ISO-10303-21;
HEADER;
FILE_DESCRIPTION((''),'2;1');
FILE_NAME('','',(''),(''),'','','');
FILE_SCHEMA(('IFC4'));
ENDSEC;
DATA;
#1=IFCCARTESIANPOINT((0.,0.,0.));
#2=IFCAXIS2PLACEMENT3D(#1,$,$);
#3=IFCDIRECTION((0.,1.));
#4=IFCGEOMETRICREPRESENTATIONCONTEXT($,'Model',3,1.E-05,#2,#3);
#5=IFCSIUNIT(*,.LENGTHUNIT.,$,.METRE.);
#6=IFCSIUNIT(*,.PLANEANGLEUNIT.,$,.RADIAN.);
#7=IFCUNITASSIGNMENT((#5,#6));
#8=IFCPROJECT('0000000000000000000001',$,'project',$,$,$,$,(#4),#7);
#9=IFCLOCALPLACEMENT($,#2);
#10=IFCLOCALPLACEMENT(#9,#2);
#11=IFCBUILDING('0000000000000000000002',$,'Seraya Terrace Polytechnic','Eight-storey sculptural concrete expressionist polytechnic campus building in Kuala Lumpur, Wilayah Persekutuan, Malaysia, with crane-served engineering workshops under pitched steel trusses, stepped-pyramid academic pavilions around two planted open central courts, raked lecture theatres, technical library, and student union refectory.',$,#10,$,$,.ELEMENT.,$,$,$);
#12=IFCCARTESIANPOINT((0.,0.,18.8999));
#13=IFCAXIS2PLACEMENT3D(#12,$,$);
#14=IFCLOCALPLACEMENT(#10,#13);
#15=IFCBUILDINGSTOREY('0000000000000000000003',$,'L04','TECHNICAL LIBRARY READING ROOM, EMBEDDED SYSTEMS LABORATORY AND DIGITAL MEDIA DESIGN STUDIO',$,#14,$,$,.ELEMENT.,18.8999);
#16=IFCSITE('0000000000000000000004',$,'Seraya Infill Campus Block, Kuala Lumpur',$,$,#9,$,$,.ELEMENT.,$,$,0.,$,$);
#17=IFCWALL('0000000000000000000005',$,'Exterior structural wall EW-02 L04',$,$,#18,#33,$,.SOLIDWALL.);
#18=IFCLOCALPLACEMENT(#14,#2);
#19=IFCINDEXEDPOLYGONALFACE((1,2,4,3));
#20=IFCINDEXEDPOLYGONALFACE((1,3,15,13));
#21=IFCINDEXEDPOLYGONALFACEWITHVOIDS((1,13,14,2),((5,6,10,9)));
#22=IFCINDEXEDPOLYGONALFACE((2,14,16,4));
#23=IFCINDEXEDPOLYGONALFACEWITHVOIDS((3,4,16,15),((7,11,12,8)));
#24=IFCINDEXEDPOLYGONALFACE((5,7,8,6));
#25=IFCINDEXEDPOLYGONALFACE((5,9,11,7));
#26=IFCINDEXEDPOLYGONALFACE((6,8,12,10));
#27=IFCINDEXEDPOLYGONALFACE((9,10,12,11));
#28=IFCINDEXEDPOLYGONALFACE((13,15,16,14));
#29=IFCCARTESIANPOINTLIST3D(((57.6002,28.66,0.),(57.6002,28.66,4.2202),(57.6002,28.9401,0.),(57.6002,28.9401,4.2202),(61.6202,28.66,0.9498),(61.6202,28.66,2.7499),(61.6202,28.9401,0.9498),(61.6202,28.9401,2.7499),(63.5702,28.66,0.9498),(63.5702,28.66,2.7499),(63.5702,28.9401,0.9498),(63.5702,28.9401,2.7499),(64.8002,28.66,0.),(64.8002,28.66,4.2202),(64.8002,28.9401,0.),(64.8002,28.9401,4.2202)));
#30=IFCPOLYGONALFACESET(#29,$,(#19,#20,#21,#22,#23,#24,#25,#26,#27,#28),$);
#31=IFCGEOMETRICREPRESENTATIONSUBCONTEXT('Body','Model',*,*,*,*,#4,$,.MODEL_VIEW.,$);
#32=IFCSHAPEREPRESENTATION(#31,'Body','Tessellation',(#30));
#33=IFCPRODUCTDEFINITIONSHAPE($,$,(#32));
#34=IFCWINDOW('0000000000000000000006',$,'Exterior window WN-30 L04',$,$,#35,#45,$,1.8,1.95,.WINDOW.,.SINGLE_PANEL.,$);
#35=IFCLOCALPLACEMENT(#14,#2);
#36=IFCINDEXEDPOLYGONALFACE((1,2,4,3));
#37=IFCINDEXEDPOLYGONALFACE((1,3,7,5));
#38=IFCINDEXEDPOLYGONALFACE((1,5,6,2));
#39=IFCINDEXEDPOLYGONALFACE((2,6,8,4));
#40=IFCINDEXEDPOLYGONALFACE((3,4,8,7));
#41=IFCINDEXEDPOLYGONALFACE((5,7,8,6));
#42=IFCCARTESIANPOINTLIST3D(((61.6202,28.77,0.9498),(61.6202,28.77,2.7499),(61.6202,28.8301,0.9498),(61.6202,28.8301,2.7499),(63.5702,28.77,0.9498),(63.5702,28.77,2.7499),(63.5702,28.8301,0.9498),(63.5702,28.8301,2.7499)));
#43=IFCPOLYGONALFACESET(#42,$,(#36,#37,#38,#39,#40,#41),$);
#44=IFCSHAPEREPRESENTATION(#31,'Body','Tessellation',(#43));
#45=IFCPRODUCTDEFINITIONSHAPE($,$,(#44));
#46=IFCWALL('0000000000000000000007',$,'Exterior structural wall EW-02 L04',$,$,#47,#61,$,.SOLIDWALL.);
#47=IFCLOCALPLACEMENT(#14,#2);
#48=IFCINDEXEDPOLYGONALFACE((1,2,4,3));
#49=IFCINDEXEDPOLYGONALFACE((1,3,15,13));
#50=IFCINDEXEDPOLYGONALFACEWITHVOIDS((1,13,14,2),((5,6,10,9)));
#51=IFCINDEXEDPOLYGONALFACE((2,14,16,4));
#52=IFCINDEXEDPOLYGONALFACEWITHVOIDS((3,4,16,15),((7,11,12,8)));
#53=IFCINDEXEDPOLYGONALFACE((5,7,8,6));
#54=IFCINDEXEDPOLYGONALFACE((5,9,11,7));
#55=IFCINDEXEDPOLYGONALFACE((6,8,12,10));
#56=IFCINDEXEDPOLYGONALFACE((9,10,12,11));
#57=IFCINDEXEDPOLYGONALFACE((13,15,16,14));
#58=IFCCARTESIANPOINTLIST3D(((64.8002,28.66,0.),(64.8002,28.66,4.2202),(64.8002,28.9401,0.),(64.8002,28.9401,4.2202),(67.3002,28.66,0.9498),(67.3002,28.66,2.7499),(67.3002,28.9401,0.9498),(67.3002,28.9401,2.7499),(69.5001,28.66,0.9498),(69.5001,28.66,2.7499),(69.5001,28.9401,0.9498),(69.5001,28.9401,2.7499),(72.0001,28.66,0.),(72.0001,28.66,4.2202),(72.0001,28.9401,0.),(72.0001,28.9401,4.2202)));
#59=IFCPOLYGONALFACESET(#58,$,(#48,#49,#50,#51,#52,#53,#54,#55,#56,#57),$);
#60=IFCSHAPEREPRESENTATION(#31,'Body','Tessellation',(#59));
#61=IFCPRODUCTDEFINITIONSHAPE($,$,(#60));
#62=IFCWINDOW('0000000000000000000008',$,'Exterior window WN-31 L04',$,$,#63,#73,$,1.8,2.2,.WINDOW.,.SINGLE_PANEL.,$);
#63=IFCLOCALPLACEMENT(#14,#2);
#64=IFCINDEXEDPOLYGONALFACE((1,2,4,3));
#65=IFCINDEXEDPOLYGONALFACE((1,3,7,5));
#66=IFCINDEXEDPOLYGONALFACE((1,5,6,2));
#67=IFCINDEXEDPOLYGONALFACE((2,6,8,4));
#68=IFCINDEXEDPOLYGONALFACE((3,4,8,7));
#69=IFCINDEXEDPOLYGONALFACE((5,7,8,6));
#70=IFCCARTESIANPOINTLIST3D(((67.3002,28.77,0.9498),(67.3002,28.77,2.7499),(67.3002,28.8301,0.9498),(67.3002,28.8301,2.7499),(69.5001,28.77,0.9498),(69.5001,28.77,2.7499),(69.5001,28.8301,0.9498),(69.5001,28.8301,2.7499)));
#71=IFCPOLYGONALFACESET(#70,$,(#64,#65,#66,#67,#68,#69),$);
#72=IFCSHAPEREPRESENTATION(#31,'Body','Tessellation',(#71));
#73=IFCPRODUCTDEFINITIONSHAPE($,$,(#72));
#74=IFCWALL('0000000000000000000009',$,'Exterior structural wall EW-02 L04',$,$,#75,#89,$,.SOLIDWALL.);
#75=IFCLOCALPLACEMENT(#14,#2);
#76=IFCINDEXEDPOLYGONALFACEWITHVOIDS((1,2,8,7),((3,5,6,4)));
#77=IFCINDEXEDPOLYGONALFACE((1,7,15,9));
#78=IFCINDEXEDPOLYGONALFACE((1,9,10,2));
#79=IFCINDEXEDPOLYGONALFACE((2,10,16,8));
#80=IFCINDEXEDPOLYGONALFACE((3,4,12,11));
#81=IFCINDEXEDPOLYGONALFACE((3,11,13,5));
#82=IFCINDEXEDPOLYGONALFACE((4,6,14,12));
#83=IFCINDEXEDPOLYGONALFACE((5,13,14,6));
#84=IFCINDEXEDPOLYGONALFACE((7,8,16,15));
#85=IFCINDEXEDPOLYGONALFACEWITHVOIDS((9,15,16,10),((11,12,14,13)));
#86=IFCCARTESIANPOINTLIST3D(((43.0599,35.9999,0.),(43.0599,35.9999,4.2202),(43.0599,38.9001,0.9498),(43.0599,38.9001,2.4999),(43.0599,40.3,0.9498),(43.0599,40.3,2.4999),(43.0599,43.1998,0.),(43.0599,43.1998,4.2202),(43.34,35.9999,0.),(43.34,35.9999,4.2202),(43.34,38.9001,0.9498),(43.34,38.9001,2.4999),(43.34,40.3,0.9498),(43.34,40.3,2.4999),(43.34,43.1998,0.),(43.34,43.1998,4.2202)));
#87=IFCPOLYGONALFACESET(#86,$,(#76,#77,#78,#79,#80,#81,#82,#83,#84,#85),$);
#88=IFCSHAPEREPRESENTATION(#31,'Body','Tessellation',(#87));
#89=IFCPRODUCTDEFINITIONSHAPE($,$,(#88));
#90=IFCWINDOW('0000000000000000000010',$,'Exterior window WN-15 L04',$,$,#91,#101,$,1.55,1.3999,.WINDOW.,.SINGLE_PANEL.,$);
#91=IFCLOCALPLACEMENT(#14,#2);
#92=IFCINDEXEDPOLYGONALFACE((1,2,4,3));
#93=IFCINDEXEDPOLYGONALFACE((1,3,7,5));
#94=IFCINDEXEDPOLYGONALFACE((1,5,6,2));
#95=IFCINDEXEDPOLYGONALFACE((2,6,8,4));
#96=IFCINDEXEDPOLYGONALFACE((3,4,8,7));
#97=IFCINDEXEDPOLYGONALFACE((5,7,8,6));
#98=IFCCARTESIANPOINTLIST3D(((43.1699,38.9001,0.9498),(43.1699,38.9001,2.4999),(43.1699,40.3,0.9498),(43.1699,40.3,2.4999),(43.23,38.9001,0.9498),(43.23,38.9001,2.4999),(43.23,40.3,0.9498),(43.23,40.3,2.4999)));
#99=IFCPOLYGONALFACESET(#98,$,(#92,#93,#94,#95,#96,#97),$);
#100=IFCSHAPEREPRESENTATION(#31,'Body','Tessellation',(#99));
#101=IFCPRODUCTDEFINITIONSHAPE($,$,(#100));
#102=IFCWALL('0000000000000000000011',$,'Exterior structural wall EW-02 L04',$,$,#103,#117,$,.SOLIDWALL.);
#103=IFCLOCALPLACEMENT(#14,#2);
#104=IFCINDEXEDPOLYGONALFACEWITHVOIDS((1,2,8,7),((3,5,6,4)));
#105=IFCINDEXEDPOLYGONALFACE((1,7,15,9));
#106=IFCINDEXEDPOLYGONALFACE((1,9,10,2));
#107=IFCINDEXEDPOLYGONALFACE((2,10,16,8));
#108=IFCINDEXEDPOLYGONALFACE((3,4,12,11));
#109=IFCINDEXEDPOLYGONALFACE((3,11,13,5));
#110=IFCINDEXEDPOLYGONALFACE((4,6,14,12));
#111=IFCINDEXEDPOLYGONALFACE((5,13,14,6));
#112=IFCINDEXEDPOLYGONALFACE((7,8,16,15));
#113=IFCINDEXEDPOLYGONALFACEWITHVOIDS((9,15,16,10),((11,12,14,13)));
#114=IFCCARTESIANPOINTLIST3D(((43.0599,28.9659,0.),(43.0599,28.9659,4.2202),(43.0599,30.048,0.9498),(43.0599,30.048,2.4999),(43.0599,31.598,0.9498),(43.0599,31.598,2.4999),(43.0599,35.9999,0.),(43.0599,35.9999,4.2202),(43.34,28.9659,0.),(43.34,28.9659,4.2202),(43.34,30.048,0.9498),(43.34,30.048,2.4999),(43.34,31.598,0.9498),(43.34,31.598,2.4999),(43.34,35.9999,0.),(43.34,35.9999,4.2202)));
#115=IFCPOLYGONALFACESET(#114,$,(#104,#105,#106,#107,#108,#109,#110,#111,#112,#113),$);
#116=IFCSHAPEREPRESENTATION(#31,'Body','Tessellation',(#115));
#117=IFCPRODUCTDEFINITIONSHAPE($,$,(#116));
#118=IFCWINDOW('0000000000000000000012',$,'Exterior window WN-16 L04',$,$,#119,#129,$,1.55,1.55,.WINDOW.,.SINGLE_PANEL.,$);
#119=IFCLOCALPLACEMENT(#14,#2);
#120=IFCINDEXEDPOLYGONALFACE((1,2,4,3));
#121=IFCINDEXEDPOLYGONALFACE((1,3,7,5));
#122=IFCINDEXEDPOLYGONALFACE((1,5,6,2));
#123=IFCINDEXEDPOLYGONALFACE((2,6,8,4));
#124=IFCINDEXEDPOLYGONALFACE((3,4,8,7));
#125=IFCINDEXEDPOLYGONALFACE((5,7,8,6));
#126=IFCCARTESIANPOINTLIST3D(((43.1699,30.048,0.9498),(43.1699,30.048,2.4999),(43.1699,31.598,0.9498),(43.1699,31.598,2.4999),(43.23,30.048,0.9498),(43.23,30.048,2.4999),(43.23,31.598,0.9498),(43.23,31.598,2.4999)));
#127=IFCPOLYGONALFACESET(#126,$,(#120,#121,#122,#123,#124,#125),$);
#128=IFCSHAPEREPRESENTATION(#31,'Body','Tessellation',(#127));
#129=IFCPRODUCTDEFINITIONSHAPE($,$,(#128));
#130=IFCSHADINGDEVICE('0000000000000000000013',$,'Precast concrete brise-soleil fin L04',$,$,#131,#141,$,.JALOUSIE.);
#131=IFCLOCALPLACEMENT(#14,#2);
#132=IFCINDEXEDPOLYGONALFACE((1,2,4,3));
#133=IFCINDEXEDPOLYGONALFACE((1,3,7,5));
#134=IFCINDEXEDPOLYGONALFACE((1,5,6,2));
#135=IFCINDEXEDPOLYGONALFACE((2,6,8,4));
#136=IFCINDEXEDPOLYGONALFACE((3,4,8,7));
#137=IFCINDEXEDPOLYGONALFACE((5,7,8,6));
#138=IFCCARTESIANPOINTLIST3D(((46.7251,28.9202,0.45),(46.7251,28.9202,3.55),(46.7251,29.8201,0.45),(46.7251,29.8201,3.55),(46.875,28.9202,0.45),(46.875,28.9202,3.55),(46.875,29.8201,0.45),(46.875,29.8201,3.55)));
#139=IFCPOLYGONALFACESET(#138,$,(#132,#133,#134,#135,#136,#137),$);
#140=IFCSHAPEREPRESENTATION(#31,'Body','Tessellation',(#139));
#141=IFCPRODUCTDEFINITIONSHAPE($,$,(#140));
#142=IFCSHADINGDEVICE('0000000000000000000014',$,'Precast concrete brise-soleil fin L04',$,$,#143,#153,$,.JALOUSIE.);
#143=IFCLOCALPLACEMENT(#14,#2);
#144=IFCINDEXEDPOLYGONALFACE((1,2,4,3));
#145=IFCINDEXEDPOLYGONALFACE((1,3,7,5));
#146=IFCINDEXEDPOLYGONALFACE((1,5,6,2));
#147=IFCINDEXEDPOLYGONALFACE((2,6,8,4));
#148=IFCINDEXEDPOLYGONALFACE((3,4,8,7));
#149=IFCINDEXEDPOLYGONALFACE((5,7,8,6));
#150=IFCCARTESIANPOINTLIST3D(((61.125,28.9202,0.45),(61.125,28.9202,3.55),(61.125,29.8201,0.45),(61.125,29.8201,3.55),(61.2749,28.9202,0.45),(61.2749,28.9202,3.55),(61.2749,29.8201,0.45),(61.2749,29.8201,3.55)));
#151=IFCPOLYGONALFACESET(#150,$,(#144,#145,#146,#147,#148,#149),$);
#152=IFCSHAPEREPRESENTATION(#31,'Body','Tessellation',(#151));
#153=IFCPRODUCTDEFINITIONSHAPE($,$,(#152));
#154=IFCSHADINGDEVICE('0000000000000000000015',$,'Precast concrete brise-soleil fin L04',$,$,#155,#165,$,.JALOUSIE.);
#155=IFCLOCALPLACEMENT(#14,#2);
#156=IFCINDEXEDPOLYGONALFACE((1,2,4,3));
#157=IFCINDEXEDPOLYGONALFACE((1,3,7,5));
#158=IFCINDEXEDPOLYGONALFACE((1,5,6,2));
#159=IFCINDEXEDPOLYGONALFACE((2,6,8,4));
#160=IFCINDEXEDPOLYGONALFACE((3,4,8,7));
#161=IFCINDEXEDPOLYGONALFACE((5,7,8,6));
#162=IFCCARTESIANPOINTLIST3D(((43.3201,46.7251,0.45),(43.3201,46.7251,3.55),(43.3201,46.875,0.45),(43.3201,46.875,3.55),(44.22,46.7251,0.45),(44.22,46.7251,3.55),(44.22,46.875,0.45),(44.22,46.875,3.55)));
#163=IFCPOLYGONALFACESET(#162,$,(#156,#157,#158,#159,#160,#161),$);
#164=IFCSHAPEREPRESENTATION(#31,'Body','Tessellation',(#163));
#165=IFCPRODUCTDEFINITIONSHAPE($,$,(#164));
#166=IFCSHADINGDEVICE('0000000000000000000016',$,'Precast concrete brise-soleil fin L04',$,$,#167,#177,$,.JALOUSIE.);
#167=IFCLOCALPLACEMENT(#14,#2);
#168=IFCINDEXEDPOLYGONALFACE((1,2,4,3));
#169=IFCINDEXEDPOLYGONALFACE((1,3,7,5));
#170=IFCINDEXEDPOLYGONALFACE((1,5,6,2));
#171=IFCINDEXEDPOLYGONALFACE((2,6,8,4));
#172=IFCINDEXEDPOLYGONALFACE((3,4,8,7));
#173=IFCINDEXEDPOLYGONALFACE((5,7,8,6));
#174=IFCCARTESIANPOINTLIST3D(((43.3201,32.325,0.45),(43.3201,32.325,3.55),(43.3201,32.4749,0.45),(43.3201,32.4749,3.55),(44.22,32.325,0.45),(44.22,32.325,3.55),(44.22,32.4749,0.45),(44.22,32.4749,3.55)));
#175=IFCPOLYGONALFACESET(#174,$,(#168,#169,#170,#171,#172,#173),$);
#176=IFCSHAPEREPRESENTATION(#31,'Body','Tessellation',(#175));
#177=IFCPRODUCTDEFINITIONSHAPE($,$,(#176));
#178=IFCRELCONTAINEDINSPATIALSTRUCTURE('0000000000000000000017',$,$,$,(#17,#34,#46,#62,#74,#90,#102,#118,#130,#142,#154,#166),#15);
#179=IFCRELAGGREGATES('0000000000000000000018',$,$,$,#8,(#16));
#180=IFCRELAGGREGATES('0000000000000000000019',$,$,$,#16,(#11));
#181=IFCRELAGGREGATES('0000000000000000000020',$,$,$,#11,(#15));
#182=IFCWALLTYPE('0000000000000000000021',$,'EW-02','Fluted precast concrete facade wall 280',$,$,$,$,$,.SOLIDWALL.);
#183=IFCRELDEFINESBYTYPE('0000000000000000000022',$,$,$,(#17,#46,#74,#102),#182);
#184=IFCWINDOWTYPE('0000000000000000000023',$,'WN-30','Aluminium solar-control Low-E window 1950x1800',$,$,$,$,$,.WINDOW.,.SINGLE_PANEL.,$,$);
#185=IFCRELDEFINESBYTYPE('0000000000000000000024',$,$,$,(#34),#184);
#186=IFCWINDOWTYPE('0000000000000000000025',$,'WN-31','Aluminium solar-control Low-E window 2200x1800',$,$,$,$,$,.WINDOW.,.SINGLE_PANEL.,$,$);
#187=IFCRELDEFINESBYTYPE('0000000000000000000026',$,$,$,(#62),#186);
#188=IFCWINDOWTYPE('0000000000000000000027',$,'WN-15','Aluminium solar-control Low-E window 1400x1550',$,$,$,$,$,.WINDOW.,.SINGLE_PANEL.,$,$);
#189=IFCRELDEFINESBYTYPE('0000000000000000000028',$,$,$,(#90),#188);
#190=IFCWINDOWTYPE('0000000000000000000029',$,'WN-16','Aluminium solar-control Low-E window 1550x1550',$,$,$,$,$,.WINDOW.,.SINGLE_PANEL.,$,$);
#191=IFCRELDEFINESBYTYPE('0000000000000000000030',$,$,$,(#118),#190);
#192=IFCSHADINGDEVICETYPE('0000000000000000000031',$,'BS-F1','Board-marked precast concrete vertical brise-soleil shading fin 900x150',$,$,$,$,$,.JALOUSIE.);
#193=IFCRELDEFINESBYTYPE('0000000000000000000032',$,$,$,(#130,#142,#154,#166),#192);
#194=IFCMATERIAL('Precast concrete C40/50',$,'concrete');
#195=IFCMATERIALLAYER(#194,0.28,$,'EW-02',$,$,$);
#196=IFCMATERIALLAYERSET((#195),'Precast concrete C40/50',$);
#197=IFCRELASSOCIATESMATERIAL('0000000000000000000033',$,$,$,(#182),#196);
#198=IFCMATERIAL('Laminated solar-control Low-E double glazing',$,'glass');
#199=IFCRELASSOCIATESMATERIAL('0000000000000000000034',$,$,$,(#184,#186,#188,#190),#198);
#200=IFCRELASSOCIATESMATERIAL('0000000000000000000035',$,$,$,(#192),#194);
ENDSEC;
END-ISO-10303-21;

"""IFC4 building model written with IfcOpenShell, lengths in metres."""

from ifc_helpers import new_model, si_unit, direction, frame, frame_2d, origin, origin_2d, place, context, subcontext, project, spatial, rectangle, extrude, material, layer, layer_set, type_object, element, fill, save


model = new_model("IFC4")

# Units and contexts
model_context = context("Model", 3, precision=1e-05, world=origin(), true_north=direction((0.0, 1.0)))
body_context = subcontext(model_context, "Body", "Model", "MODEL_VIEW")
ifc_project = project(units=[si_unit("LENGTHUNIT", "METRE"), si_unit("PLANEANGLEUNIT", "RADIAN")], contexts=[model_context])

# Site, building, storey
site_placement = place(None, origin())
site = spatial("IfcSite", under=ifc_project, at=site_placement, Name="Seraya Infill Campus Block, Kuala Lumpur", CompositionType="ELEMENT", RefElevation=0.0)
building_placement = place(site_placement, origin())
building = spatial("IfcBuilding", under=site, at=building_placement, Name="Seraya Terrace Polytechnic", Description="Eight-storey sculptural concrete expressionist polytechnic campus building in Kuala Lumpur, Wilayah Persekutuan, Malaysia, with crane-served engineering workshops under pitched steel trusses, stepped-pyramid academic pavilions around two planted open central courts, raked lecture theatres, technical library, and student union refectory.", CompositionType="ELEMENT")
storey_placement = place(building_placement, frame((0.0, 0.0, 18.8999)))
storey = spatial("IfcBuildingStorey", under=building, at=storey_placement, Name="L04", Description="TECHNICAL LIBRARY READING ROOM, EMBEDDED SYSTEMS LABORATORY AND DIGITAL MEDIA DESIGN STUDIO", CompositionType="ELEMENT", Elevation=18.8999)

# Walls, openings, windows
ifc_material_1 = material(Name="Precast concrete C40/50", Category="concrete")
ifc_layer = layer(ifc_material_1, 0.28, Name="EW-02")
ifc_layer_set = layer_set([ifc_layer], Name="Precast concrete C40/50")
wall_type = type_object("IfcWallType", Name="EW-02", Description="Fluted precast concrete facade wall 280", PredefinedType="SOLIDWALL", material=ifc_layer_set)
ifc_material_2 = material(Name="Laminated solar-control Low-E double glazing", Category="glass")
wall_1_placement = place(storey_placement, frame((57.6001, 28.8, 0.0), z_axis=(0.0, 0.0, 1.0), x_axis=(1.0, 0.0, 0.0)))
wall_1 = element("IfcWall", 1, at=wall_1_placement, inside=storey, type_object=wall_type, Name="Exterior structural wall EW-02 L04", PredefinedType="SOLIDWALL", context=body_context, shape_type="SweptSolid", body=[
    extrude(rectangle(XDim=7.2, YDim=0.28, at=frame_2d((3.6001, 0.0))), origin(), (0.0, 0.0, 1.0), 4.2202),
])
opening_1_placement = place(wall_1_placement, frame((4.02, 0.0, 0.95)))
opening_1 = element("IfcOpeningElement", 2, at=opening_1_placement, cuts=wall_1, PredefinedType="OPENING", context=body_context, shape_type="SweptSolid", body=[
    extrude(rectangle(XDim=1.95, YDim=1.8, at=frame_2d((0.9751, 0.8999))), frame((0.0, 0.1519, 0.0), z_axis=(0.0, -1.0, 0.0), x_axis=(1.0, 0.0, 0.0)), (0.0, 0.0, 1.0), 0.304),
])
window_type_1 = type_object("IfcWindowType", Name="WN-30", Description="Aluminium solar-control Low-E window 1950x1800", PartitioningType="SINGLE_PANEL", PredefinedType="WINDOW", material=ifc_material_2)
window_1_placement = place(opening_1_placement, origin())
window_1 = element("IfcWindow", 3, at=window_1_placement, inside=storey, type_object=window_type_1, Name="Exterior window WN-30 L04", OverallHeight=1.8, OverallWidth=1.95, PartitioningType="SINGLE_PANEL", PredefinedType="WINDOW", context=body_context, shape_type="SweptSolid", body=[
    extrude(rectangle(XDim=1.95, YDim=1.8, at=frame_2d((0.9751, 0.8999))), frame((0.0, 0.03, 0.0), z_axis=(0.0, -1.0, 0.0), x_axis=(1.0, 0.0, 0.0)), (0.0, 0.0, 1.0), 0.0601),
])
fill(opening_1, window_1)
wall_2_placement = place(storey_placement, frame((64.8, 28.8, 0.0), z_axis=(0.0, 0.0, 1.0), x_axis=(1.0, 0.0, 0.0)))
wall_2 = element("IfcWall", 4, at=wall_2_placement, inside=storey, type_object=wall_type, Name="Exterior structural wall EW-02 L04", PredefinedType="SOLIDWALL", context=body_context, shape_type="SweptSolid", body=[
    extrude(rectangle(XDim=7.2, YDim=0.28, at=frame_2d((3.6001, 0.0))), origin(), (0.0, 0.0, 1.0), 4.2202),
])
opening_2_placement = place(wall_2_placement, frame((2.5, 0.0, 0.95)))
opening_2 = element("IfcOpeningElement", 5, at=opening_2_placement, cuts=wall_2, PredefinedType="OPENING", context=body_context, shape_type="SweptSolid", body=[
    extrude(rectangle(XDim=2.2, YDim=1.8, at=frame_2d((1.1001, 0.8999))), frame((0.0, 0.1519, 0.0), z_axis=(0.0, -1.0, 0.0), x_axis=(1.0, 0.0, 0.0)), (0.0, 0.0, 1.0), 0.304),
])
window_type_2 = type_object("IfcWindowType", Name="WN-31", Description="Aluminium solar-control Low-E window 2200x1800", PartitioningType="SINGLE_PANEL", PredefinedType="WINDOW", material=ifc_material_2)
window_2_placement = place(opening_2_placement, origin())
window_2 = element("IfcWindow", 6, at=window_2_placement, inside=storey, type_object=window_type_2, Name="Exterior window WN-31 L04", OverallHeight=1.8, OverallWidth=2.2, PartitioningType="SINGLE_PANEL", PredefinedType="WINDOW", context=body_context, shape_type="SweptSolid", body=[
    extrude(rectangle(XDim=2.2, YDim=1.8, at=frame_2d((1.1001, 0.8999))), frame((0.0, 0.03, 0.0), z_axis=(0.0, -1.0, 0.0), x_axis=(1.0, 0.0, 0.0)), (0.0, 0.0, 1.0), 0.0601),
])
fill(opening_2, window_2)
wall_3_placement = place(storey_placement, frame((43.2, 43.2, 0.0), z_axis=(0.0, 0.0, 1.0), x_axis=(0.0, -1.0, 0.0)))
wall_3 = element("IfcWall", 7, at=wall_3_placement, inside=storey, type_object=wall_type, Name="Exterior structural wall EW-02 L04", PredefinedType="SOLIDWALL", context=body_context, shape_type="SweptSolid", body=[
    extrude(rectangle(XDim=7.2, YDim=0.28, at=frame_2d((3.6001, 0.0))), origin(), (0.0, 0.0, 1.0), 4.2202),
])
opening_3_placement = place(wall_3_placement, frame((2.8999, 0.0, 0.95)))
opening_3 = element("IfcOpeningElement", 8, at=opening_3_placement, cuts=wall_3, PredefinedType="OPENING", context=body_context, shape_type="SweptSolid", body=[
    extrude(rectangle(XDim=1.3999, YDim=1.55, at=frame_2d((0.7, 0.7749))), frame((0.0, 0.1519, 0.0), z_axis=(0.0, -1.0, 0.0), x_axis=(1.0, 0.0, 0.0)), (0.0, 0.0, 1.0), 0.304),
])
window_type_3 = type_object("IfcWindowType", Name="WN-15", Description="Aluminium solar-control Low-E window 1400x1550", PartitioningType="SINGLE_PANEL", PredefinedType="WINDOW", material=ifc_material_2)
window_3_placement = place(opening_3_placement, origin())
window_3 = element("IfcWindow", 9, at=window_3_placement, inside=storey, type_object=window_type_3, Name="Exterior window WN-15 L04", OverallHeight=1.55, OverallWidth=1.3999, PartitioningType="SINGLE_PANEL", PredefinedType="WINDOW", context=body_context, shape_type="SweptSolid", body=[
    extrude(rectangle(XDim=1.3999, YDim=1.55, at=frame_2d((0.7, 0.7749))), frame((0.0, 0.03, 0.0), z_axis=(0.0, -1.0, 0.0), x_axis=(1.0, 0.0, 0.0)), (0.0, 0.0, 1.0), 0.0601),
])
fill(opening_3, window_3)
wall_4_placement = place(storey_placement, frame((43.2, 36.0, 0.0), z_axis=(0.0, 0.0, 1.0), x_axis=(0.0, -1.0, 0.0)))
wall_4 = element("IfcWall", 10, at=wall_4_placement, inside=storey, type_object=wall_type, Name="Exterior structural wall EW-02 L04", PredefinedType="SOLIDWALL", context=body_context, shape_type="SweptSolid", body=[
    extrude(rectangle(XDim=7.0339, YDim=0.28, at=frame_2d((3.5171, 0.0))), origin(), (0.0, 0.0, 1.0), 4.2202),
])
opening_4_placement = place(wall_4_placement, frame((4.4021, 0.0, 0.95)))
opening_4 = element("IfcOpeningElement", 11, at=opening_4_placement, cuts=wall_4, PredefinedType="OPENING", context=body_context, shape_type="SweptSolid", body=[
    extrude(rectangle(XDim=1.55, YDim=1.55, at=frame_2d((0.7749, 0.7749))), frame((0.0, 0.1519, 0.0), z_axis=(0.0, -1.0, 0.0), x_axis=(1.0, 0.0, 0.0)), (0.0, 0.0, 1.0), 0.304),
])
window_type_4 = type_object("IfcWindowType", Name="WN-16", Description="Aluminium solar-control Low-E window 1550x1550", PartitioningType="SINGLE_PANEL", PredefinedType="WINDOW", material=ifc_material_2)
window_4_placement = place(opening_4_placement, origin())
window_4 = element("IfcWindow", 12, at=window_4_placement, inside=storey, type_object=window_type_4, Name="Exterior window WN-16 L04", OverallHeight=1.55, OverallWidth=1.55, PartitioningType="SINGLE_PANEL", PredefinedType="WINDOW", context=body_context, shape_type="SweptSolid", body=[
    extrude(rectangle(XDim=1.55, YDim=1.55, at=frame_2d((0.7749, 0.7749))), frame((0.0, 0.03, 0.0), z_axis=(0.0, -1.0, 0.0), x_axis=(1.0, 0.0, 0.0)), (0.0, 0.0, 1.0), 0.0601),
])
fill(opening_4, window_4)

# Shading devices
shading_device_type = type_object("IfcShadingDeviceType", Name="BS-F1", Description="Board-marked precast concrete vertical brise-soleil shading fin 900x150", PredefinedType="JALOUSIE", material=ifc_material_1)
for number, where, z_axis, x_axis, name in (
    (13, (46.8, 29.3701, 0.45), (0.0, 0.0, 1.0), (0.0, 1.0, 0.0), "Precast concrete brise-soleil fin L04"),
    (14, (61.2, 29.3701, 0.45), (0.0, 0.0, 1.0), (0.0, 1.0, 0.0), "Precast concrete brise-soleil fin L04"),
    (15, (43.77, 46.8, 0.45), (0.0, 0.0, 1.0), (1.0, 0.0, 0.0), "Precast concrete brise-soleil fin L04"),
    (16, (43.77, 32.3999, 0.45), (0.0, 0.0, 1.0), (1.0, 0.0, 0.0), "Precast concrete brise-soleil fin L04"),
):
    element("IfcShadingDevice", number, at=place(storey_placement, frame(where, z_axis=z_axis, x_axis=x_axis)), inside=storey, type_object=shading_device_type, Name=name, PredefinedType="JALOUSIE", context=body_context, shape_type="SweptSolid", body=[
        extrude(rectangle(XDim=0.8999, YDim=0.1499, at=origin_2d()), origin(), (0.0, 0.0, 1.0), 3.1001),
    ])

save(model, "model.ifc")
